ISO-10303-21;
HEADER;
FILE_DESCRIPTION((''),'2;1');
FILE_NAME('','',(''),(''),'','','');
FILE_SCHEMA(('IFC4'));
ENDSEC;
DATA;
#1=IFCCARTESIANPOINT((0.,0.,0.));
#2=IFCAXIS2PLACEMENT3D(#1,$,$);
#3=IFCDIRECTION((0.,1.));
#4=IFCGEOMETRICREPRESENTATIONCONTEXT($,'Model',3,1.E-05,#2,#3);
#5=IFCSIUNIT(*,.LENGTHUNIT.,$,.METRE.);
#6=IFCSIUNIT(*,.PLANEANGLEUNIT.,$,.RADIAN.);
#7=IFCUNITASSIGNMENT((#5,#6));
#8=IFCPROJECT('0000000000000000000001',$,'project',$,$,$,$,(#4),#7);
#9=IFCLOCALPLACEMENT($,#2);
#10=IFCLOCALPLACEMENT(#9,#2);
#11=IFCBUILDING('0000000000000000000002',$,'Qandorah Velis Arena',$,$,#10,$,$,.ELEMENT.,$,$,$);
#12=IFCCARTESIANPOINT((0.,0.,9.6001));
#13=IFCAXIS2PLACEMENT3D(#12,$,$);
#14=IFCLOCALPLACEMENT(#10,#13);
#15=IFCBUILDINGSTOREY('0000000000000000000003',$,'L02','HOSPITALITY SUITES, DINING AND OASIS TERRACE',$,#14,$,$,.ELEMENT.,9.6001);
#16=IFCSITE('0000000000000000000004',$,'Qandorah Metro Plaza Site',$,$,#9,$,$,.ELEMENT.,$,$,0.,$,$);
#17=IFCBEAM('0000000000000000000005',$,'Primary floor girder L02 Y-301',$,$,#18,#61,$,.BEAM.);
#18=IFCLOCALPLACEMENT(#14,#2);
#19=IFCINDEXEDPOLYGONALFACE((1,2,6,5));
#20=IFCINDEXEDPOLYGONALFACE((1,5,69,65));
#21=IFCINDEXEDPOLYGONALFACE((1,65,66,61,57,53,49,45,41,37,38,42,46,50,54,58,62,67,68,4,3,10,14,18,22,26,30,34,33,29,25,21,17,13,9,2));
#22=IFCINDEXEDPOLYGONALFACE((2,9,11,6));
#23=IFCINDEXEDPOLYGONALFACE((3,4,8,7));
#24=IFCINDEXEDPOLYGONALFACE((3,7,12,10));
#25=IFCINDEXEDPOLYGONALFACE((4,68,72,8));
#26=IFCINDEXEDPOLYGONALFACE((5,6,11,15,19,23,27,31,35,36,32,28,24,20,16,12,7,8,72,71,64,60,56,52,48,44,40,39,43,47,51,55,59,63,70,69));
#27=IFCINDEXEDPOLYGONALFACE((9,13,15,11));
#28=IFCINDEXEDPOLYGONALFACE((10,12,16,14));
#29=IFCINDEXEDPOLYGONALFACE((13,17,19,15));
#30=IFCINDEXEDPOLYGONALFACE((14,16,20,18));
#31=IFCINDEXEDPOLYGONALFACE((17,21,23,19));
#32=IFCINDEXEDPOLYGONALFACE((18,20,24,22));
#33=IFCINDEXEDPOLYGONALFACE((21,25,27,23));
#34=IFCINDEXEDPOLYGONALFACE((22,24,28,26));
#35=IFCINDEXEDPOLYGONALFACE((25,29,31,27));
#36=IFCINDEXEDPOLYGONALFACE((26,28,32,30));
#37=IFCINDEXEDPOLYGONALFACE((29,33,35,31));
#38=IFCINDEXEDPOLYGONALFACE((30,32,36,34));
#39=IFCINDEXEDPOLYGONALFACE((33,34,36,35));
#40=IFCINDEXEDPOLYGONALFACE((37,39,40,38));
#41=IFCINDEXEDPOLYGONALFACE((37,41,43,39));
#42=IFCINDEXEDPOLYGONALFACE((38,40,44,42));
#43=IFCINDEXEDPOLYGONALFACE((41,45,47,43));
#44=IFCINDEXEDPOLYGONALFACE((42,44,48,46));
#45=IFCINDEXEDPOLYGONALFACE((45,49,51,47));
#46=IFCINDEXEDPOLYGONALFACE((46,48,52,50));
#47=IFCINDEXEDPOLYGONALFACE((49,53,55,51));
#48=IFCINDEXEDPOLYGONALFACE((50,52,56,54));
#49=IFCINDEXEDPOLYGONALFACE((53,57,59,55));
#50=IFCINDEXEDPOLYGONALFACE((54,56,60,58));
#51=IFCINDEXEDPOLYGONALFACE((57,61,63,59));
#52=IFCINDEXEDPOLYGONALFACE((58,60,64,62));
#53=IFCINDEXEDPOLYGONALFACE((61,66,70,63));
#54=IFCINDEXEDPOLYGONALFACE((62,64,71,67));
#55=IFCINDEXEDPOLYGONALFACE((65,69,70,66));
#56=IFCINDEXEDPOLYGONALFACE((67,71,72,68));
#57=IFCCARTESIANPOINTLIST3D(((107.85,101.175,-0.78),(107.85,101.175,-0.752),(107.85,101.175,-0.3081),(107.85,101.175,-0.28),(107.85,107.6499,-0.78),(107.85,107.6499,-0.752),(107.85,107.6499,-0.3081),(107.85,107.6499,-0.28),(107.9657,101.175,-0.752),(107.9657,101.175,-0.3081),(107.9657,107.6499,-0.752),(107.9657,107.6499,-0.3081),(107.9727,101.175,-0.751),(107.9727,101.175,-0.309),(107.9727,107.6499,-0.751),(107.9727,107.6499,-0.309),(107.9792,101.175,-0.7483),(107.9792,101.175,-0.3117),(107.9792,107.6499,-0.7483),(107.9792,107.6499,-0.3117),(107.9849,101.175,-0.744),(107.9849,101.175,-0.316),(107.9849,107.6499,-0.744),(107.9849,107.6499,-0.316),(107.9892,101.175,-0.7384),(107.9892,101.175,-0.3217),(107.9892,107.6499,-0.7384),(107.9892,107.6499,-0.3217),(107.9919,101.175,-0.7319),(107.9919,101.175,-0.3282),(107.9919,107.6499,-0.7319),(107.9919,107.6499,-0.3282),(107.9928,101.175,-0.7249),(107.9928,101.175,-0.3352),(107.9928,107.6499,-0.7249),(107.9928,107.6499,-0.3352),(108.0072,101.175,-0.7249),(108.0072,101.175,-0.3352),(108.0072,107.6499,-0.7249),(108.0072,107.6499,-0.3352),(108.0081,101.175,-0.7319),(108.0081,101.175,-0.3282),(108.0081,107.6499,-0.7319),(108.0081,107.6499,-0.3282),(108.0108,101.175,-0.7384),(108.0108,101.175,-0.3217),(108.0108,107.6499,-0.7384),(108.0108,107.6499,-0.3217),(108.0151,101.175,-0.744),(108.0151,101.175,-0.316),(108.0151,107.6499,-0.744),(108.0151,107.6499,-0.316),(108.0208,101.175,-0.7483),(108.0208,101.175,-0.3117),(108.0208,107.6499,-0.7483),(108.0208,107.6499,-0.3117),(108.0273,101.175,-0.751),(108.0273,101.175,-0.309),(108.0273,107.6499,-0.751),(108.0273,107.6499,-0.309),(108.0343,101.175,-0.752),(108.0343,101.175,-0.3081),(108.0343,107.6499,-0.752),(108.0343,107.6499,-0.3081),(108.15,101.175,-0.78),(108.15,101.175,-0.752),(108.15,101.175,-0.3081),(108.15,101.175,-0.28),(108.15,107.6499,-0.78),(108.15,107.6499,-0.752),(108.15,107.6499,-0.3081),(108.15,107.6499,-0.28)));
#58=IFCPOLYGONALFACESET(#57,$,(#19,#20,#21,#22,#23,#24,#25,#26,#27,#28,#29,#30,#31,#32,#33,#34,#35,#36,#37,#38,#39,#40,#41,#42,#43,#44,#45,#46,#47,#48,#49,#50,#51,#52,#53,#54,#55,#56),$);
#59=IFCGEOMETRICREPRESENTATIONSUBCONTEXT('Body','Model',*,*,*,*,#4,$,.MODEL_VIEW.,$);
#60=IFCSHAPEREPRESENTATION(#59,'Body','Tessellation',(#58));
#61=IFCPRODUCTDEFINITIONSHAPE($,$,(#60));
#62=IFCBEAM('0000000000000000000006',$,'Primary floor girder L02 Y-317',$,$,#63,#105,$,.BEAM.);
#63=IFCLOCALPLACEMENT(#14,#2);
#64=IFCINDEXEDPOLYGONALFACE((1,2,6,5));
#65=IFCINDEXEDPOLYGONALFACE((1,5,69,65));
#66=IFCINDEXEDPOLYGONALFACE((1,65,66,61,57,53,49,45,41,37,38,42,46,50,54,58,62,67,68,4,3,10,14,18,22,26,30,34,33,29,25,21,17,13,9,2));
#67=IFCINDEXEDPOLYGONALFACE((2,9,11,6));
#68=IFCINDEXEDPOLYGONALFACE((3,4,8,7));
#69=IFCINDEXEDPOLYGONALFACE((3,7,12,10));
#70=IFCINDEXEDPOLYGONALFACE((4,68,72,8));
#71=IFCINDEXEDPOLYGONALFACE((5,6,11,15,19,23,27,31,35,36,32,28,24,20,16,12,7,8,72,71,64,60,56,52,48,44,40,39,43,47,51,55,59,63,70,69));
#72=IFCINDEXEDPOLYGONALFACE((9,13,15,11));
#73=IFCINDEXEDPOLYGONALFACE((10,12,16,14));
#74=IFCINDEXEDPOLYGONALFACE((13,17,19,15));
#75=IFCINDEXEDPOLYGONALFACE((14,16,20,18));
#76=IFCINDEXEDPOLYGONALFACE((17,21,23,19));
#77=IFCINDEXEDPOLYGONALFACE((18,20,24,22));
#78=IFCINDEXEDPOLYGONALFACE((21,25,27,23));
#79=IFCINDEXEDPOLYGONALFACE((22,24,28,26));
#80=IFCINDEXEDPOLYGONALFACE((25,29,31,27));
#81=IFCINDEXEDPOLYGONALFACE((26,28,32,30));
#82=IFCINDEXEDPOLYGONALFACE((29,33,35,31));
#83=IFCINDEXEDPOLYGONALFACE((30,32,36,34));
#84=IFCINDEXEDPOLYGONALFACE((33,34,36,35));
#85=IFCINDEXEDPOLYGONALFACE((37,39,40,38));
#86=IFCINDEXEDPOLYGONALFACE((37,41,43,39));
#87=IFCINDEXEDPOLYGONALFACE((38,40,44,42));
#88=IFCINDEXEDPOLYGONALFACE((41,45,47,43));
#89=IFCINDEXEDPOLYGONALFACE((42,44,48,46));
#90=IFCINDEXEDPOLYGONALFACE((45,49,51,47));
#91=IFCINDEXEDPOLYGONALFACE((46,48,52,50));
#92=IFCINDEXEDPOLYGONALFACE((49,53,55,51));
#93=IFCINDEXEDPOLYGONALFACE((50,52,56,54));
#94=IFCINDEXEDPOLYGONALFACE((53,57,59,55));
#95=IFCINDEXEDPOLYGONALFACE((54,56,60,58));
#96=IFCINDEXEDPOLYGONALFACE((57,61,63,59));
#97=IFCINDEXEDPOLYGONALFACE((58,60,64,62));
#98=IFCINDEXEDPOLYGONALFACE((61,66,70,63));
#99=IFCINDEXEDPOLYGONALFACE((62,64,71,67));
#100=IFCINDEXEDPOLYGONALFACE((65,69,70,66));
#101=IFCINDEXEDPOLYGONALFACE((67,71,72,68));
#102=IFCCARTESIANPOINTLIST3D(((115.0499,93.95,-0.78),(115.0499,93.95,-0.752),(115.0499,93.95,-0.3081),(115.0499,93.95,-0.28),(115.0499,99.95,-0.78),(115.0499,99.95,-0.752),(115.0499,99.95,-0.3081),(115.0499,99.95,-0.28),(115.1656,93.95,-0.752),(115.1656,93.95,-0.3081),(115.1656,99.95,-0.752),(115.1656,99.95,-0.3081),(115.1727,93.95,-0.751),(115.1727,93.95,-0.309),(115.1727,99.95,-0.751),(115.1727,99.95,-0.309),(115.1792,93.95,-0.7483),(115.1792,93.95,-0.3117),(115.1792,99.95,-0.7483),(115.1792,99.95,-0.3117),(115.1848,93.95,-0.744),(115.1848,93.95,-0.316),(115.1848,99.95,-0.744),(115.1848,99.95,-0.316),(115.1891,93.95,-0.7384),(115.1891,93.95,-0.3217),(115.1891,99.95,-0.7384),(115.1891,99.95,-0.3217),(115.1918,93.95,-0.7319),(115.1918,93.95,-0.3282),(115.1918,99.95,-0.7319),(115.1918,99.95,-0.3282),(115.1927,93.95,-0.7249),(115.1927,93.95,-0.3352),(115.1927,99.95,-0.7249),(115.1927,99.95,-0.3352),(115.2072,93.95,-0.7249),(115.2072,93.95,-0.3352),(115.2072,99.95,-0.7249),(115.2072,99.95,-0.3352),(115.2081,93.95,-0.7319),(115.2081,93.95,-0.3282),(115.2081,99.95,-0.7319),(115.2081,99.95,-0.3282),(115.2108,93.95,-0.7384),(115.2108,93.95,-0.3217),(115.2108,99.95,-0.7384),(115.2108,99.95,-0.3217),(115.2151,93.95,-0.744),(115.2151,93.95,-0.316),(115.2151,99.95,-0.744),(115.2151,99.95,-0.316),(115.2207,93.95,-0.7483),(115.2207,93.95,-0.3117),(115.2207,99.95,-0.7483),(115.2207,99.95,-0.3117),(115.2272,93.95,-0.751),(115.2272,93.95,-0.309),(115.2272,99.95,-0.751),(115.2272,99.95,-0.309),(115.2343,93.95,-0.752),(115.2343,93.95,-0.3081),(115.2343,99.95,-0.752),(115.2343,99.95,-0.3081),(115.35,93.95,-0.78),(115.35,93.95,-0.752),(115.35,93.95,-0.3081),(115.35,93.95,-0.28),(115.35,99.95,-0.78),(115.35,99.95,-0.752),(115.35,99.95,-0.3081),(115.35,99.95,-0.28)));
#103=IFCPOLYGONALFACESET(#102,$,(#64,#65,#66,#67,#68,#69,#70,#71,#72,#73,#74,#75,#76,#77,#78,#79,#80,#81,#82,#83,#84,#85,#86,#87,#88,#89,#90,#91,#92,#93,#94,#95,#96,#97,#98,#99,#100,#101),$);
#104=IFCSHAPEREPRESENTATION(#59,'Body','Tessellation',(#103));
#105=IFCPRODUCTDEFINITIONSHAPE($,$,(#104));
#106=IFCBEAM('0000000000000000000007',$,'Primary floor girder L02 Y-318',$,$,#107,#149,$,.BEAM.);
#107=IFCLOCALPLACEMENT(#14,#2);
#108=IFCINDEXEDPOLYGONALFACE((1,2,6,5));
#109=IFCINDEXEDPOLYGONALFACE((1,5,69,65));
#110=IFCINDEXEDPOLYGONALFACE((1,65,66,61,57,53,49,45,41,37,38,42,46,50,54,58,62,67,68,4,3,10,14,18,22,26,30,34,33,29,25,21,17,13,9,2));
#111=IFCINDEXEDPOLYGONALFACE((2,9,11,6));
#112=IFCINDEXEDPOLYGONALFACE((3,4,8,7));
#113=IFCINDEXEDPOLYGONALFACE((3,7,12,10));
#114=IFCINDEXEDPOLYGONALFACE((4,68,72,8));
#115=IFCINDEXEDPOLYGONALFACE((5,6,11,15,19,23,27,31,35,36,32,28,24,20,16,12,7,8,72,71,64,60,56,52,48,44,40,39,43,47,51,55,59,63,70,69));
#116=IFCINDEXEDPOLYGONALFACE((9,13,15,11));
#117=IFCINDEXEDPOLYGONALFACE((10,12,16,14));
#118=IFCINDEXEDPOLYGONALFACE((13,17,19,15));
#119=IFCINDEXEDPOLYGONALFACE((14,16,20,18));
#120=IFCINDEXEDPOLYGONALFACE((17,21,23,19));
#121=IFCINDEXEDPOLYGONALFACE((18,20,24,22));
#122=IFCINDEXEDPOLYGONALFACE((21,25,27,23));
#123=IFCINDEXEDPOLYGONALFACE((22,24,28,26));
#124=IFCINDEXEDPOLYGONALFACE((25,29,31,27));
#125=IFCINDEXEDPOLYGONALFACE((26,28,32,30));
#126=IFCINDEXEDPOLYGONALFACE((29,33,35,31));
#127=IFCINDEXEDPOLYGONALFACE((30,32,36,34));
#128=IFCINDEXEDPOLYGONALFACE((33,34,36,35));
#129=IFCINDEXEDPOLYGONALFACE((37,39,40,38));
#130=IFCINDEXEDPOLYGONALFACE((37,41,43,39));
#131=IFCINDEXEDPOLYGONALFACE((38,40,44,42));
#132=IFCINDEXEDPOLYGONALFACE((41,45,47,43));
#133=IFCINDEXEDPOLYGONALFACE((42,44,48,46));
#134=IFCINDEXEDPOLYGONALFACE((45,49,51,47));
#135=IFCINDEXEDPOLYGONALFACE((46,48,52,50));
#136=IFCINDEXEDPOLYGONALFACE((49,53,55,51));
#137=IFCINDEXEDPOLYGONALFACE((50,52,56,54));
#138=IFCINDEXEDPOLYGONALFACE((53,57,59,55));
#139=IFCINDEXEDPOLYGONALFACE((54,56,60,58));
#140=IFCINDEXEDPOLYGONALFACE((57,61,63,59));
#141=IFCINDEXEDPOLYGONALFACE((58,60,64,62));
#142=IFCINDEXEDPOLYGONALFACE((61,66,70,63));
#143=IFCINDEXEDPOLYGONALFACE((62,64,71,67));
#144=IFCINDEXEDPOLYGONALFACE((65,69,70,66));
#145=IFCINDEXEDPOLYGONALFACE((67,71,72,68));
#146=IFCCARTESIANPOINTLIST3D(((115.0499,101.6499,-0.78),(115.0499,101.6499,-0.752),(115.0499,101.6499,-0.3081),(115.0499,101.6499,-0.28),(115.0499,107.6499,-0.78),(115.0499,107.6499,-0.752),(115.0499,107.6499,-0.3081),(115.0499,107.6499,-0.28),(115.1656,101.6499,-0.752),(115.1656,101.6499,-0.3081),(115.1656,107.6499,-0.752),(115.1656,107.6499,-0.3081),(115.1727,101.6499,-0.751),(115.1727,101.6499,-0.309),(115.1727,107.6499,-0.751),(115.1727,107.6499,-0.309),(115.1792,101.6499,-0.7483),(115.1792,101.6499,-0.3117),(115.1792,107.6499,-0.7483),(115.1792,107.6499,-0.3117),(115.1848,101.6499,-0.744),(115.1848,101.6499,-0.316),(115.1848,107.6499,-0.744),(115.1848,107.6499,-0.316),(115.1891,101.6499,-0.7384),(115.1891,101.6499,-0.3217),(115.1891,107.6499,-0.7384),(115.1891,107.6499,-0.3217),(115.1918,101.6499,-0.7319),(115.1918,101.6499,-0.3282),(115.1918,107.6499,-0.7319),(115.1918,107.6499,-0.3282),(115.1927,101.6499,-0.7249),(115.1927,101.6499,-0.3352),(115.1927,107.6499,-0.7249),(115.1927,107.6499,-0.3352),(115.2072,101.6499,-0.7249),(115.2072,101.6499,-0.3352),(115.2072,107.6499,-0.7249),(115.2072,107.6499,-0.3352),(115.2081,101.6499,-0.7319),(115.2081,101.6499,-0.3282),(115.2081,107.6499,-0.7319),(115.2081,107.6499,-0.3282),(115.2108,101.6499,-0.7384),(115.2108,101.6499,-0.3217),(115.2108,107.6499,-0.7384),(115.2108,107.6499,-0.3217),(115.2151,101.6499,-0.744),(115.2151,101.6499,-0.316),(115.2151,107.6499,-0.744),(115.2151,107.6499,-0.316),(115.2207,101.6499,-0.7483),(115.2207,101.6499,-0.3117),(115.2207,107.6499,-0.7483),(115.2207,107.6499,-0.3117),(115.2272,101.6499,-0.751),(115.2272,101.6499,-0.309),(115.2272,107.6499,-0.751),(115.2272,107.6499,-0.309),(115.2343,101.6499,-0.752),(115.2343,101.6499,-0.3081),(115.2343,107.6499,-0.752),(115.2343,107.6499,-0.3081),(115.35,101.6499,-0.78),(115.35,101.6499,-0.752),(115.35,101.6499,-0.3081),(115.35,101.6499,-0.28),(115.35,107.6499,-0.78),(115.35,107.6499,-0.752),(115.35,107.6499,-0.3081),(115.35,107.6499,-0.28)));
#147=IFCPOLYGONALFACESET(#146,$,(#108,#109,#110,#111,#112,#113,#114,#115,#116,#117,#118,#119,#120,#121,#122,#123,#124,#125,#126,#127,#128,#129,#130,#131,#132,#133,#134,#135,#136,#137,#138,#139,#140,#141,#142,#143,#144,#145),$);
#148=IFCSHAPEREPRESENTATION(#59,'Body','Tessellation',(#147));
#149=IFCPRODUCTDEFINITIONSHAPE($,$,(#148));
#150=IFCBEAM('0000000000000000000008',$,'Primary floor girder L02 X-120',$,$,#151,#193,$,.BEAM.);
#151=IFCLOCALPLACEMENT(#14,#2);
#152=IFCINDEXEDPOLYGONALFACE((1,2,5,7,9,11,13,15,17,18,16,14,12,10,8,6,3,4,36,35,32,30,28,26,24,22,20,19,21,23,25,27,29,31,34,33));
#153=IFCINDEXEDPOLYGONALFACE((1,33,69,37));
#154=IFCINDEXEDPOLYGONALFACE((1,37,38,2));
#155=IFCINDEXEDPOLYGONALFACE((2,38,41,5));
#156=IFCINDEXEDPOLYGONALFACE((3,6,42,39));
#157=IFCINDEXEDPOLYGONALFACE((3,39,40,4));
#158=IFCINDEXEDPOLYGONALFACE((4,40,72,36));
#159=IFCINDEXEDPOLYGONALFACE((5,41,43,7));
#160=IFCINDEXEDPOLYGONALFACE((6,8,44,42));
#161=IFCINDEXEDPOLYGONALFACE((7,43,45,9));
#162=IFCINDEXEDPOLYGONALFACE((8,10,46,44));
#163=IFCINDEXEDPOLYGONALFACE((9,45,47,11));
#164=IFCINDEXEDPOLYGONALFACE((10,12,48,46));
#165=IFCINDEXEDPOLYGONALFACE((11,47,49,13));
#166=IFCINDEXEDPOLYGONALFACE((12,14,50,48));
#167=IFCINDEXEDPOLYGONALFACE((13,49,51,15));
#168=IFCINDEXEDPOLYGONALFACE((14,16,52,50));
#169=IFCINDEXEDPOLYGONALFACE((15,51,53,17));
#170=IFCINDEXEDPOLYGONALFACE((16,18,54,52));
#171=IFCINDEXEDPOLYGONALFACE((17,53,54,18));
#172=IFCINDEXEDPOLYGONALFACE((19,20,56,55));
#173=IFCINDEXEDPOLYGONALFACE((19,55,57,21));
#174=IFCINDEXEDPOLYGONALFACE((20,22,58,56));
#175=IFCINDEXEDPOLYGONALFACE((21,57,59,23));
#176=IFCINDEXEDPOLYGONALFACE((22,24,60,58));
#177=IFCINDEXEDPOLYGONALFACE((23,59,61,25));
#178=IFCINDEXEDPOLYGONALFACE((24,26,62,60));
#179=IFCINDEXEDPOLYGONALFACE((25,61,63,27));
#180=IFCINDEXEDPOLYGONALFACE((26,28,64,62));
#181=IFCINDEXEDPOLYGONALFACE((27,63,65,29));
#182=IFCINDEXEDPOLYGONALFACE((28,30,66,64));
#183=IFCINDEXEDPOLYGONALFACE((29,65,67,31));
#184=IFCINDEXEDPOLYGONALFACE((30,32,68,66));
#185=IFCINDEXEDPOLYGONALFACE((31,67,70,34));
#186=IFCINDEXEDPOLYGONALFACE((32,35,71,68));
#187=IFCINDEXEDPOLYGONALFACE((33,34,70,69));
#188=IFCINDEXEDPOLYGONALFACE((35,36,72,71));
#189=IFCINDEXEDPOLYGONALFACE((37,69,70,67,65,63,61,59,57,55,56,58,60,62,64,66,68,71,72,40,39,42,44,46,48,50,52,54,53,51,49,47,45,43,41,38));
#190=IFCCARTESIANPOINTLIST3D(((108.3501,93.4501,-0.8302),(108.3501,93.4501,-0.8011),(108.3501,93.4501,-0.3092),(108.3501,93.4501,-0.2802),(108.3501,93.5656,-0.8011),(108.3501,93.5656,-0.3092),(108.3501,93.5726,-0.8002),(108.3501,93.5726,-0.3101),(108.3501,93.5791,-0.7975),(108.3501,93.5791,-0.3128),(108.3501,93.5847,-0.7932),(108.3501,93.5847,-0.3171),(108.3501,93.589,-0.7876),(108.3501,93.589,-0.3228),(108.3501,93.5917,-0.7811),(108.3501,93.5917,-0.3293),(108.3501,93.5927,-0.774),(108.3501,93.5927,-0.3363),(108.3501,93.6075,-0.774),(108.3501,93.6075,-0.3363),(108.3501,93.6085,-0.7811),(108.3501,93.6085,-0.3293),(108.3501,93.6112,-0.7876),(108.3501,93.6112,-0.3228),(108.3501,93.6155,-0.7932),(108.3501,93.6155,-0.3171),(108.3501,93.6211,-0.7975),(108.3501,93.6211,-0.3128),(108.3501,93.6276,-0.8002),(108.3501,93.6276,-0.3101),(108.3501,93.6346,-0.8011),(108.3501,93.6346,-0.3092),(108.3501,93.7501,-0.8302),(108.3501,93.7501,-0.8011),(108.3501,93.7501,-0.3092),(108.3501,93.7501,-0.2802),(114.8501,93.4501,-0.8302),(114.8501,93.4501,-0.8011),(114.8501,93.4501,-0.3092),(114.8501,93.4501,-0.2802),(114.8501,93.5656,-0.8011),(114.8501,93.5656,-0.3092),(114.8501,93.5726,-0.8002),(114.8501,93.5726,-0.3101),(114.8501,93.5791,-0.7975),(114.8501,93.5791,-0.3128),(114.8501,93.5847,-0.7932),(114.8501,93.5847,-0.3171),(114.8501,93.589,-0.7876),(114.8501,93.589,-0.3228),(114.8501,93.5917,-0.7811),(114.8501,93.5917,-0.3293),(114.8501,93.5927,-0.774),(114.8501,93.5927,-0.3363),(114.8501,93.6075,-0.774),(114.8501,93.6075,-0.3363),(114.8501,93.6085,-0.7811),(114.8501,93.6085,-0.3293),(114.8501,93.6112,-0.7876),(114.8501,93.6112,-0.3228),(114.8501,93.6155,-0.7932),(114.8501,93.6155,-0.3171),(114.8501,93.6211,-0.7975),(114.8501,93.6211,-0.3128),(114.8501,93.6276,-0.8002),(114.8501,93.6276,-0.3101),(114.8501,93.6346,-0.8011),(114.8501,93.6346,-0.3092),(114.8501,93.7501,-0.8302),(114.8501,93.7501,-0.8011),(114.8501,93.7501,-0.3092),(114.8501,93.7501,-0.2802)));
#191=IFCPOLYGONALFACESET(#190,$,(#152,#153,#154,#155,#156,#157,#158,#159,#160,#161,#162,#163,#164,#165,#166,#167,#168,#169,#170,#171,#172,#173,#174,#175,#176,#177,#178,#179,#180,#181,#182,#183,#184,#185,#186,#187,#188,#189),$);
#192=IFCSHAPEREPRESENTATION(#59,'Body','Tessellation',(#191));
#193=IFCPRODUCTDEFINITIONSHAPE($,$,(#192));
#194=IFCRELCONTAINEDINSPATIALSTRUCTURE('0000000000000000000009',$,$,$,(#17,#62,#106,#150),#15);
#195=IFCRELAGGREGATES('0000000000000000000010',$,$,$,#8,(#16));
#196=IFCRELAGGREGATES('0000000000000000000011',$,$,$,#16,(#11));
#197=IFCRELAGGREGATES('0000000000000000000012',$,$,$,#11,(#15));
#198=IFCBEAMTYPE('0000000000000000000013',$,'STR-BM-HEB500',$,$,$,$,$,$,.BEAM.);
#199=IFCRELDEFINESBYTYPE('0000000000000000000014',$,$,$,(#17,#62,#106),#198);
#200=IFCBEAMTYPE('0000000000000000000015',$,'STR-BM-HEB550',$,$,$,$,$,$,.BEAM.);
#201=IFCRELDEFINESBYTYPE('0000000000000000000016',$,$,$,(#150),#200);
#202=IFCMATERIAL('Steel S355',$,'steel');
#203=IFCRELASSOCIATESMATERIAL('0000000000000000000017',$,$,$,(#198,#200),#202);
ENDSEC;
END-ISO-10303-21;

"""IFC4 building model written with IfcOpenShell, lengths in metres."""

from ifc_helpers import new_model, si_unit, direction, frame, origin, origin_2d, place, context, subcontext, project, spatial, i_section, extrude, material, material_profile, profile_set, type_object, element, save


model = new_model("IFC4")

# Units and contexts
model_context = context("Model", 3, precision=1e-05, world=origin(), true_north=direction((0.0, 1.0)))
body_context = subcontext(model_context, "Body", "Model", "MODEL_VIEW")
ifc_project = project(units=[si_unit("LENGTHUNIT", "METRE"), si_unit("PLANEANGLEUNIT", "RADIAN")], contexts=[model_context])

# Site, building, storey
site_placement = place(None, origin())
site = spatial("IfcSite", under=ifc_project, at=site_placement, Name="Qandorah Metro Plaza Site", CompositionType="ELEMENT", RefElevation=0.0)
building_placement = place(site_placement, origin())
building = spatial("IfcBuilding", under=site, at=building_placement, Name="Qandorah Velis Arena", CompositionType="ELEMENT")
storey_placement = place(building_placement, frame((0.0, 0.0, 9.6001)))
storey = spatial("IfcBuildingStorey", under=building, at=storey_placement, Name="L02", Description="HOSPITALITY SUITES, DINING AND OASIS TERRACE", CompositionType="ELEMENT", Elevation=9.6001)

# Shared definitions
ifc_material_1 = material(Name="Steel S355", Category="steel")

# Beams
ifc_material_profile_1 = material_profile(ifc_material_1, i_section(OverallWidth=0.3, OverallDepth=0.5, WebThickness=0.0144, FlangeThickness=0.0281, FilletRadius=0.0271, at=origin_2d()), Name="HEB 500")
ifc_profile_set_1 = profile_set([ifc_material_profile_1], Name="Steel S355")
beam_type_1 = type_object("IfcBeamType", Name="STR-BM-HEB500", PredefinedType="BEAM", material=ifc_profile_set_1)
beam_1_placement = place(storey_placement, frame((108.0, 101.175, -0.53), z_axis=(0.0, 1.0, 0.0), x_axis=(-1.0, 0.0, 0.0)))
element("IfcBeam", 1, at=beam_1_placement, inside=storey, type_object=beam_type_1, Name="Primary floor girder L02 Y-301", PredefinedType="BEAM", context=body_context, shape_type="SweptSolid", body=[
    extrude(i_section(OverallWidth=0.3, OverallDepth=0.5, WebThickness=0.0144, FlangeThickness=0.0281, FilletRadius=0.0271, at=origin_2d()), origin(), (0.0, 0.0, 1.0), 6.4749),
])
for number, where, z_axis, x_axis, name in (
    (2, (115.2, 93.95, -0.53), (0.0, 1.0, 0.0), (-1.0, 0.0, 0.0), "Primary floor girder L02 Y-317"),
    (3, (115.2, 101.6499, -0.53), (0.0, 1.0, 0.0), (-1.0, 0.0, 0.0), "Primary floor girder L02 Y-318"),
):
    element("IfcBeam", number, at=place(storey_placement, frame(where, z_axis=z_axis, x_axis=x_axis)), inside=storey, type_object=beam_type_1, Name=name, PredefinedType="BEAM", context=body_context, shape_type="SweptSolid", body=[
        extrude(i_section(OverallWidth=0.3, OverallDepth=0.5, WebThickness=0.0144, FlangeThickness=0.0281, FilletRadius=0.0271, at=origin_2d()), origin(), (0.0, 0.0, 1.0), 6.0),
    ])
ifc_material_profile_2 = material_profile(ifc_material_1, i_section(OverallWidth=0.3, OverallDepth=0.55, WebThickness=0.0149, FlangeThickness=0.0291, FilletRadius=0.0271, at=origin_2d()), Name="HEB 550")
ifc_profile_set_2 = profile_set([ifc_material_profile_2], Name="Steel S355")
beam_type_2 = type_object("IfcBeamType", Name="STR-BM-HEB550", PredefinedType="BEAM", material=ifc_profile_set_2)
for number, where, z_axis, x_axis, name in (
    (4, (108.3501, 93.6001, -0.5552), (1.0, 0.0, 0.0), (0.0, 1.0, 0.0), "Primary floor girder L02 X-120"),
):
    element("IfcBeam", number, at=place(storey_placement, frame(where, z_axis=z_axis, x_axis=x_axis)), inside=storey, type_object=beam_type_2, Name=name, PredefinedType="BEAM", context=body_context, shape_type="SweptSolid", body=[
        extrude(i_section(OverallWidth=0.3, OverallDepth=0.55, WebThickness=0.0149, FlangeThickness=0.0291, FilletRadius=0.0271, at=origin_2d()), origin(), (0.0, 0.0, 1.0), 6.5),
    ])

save(model, "model.ifc")
